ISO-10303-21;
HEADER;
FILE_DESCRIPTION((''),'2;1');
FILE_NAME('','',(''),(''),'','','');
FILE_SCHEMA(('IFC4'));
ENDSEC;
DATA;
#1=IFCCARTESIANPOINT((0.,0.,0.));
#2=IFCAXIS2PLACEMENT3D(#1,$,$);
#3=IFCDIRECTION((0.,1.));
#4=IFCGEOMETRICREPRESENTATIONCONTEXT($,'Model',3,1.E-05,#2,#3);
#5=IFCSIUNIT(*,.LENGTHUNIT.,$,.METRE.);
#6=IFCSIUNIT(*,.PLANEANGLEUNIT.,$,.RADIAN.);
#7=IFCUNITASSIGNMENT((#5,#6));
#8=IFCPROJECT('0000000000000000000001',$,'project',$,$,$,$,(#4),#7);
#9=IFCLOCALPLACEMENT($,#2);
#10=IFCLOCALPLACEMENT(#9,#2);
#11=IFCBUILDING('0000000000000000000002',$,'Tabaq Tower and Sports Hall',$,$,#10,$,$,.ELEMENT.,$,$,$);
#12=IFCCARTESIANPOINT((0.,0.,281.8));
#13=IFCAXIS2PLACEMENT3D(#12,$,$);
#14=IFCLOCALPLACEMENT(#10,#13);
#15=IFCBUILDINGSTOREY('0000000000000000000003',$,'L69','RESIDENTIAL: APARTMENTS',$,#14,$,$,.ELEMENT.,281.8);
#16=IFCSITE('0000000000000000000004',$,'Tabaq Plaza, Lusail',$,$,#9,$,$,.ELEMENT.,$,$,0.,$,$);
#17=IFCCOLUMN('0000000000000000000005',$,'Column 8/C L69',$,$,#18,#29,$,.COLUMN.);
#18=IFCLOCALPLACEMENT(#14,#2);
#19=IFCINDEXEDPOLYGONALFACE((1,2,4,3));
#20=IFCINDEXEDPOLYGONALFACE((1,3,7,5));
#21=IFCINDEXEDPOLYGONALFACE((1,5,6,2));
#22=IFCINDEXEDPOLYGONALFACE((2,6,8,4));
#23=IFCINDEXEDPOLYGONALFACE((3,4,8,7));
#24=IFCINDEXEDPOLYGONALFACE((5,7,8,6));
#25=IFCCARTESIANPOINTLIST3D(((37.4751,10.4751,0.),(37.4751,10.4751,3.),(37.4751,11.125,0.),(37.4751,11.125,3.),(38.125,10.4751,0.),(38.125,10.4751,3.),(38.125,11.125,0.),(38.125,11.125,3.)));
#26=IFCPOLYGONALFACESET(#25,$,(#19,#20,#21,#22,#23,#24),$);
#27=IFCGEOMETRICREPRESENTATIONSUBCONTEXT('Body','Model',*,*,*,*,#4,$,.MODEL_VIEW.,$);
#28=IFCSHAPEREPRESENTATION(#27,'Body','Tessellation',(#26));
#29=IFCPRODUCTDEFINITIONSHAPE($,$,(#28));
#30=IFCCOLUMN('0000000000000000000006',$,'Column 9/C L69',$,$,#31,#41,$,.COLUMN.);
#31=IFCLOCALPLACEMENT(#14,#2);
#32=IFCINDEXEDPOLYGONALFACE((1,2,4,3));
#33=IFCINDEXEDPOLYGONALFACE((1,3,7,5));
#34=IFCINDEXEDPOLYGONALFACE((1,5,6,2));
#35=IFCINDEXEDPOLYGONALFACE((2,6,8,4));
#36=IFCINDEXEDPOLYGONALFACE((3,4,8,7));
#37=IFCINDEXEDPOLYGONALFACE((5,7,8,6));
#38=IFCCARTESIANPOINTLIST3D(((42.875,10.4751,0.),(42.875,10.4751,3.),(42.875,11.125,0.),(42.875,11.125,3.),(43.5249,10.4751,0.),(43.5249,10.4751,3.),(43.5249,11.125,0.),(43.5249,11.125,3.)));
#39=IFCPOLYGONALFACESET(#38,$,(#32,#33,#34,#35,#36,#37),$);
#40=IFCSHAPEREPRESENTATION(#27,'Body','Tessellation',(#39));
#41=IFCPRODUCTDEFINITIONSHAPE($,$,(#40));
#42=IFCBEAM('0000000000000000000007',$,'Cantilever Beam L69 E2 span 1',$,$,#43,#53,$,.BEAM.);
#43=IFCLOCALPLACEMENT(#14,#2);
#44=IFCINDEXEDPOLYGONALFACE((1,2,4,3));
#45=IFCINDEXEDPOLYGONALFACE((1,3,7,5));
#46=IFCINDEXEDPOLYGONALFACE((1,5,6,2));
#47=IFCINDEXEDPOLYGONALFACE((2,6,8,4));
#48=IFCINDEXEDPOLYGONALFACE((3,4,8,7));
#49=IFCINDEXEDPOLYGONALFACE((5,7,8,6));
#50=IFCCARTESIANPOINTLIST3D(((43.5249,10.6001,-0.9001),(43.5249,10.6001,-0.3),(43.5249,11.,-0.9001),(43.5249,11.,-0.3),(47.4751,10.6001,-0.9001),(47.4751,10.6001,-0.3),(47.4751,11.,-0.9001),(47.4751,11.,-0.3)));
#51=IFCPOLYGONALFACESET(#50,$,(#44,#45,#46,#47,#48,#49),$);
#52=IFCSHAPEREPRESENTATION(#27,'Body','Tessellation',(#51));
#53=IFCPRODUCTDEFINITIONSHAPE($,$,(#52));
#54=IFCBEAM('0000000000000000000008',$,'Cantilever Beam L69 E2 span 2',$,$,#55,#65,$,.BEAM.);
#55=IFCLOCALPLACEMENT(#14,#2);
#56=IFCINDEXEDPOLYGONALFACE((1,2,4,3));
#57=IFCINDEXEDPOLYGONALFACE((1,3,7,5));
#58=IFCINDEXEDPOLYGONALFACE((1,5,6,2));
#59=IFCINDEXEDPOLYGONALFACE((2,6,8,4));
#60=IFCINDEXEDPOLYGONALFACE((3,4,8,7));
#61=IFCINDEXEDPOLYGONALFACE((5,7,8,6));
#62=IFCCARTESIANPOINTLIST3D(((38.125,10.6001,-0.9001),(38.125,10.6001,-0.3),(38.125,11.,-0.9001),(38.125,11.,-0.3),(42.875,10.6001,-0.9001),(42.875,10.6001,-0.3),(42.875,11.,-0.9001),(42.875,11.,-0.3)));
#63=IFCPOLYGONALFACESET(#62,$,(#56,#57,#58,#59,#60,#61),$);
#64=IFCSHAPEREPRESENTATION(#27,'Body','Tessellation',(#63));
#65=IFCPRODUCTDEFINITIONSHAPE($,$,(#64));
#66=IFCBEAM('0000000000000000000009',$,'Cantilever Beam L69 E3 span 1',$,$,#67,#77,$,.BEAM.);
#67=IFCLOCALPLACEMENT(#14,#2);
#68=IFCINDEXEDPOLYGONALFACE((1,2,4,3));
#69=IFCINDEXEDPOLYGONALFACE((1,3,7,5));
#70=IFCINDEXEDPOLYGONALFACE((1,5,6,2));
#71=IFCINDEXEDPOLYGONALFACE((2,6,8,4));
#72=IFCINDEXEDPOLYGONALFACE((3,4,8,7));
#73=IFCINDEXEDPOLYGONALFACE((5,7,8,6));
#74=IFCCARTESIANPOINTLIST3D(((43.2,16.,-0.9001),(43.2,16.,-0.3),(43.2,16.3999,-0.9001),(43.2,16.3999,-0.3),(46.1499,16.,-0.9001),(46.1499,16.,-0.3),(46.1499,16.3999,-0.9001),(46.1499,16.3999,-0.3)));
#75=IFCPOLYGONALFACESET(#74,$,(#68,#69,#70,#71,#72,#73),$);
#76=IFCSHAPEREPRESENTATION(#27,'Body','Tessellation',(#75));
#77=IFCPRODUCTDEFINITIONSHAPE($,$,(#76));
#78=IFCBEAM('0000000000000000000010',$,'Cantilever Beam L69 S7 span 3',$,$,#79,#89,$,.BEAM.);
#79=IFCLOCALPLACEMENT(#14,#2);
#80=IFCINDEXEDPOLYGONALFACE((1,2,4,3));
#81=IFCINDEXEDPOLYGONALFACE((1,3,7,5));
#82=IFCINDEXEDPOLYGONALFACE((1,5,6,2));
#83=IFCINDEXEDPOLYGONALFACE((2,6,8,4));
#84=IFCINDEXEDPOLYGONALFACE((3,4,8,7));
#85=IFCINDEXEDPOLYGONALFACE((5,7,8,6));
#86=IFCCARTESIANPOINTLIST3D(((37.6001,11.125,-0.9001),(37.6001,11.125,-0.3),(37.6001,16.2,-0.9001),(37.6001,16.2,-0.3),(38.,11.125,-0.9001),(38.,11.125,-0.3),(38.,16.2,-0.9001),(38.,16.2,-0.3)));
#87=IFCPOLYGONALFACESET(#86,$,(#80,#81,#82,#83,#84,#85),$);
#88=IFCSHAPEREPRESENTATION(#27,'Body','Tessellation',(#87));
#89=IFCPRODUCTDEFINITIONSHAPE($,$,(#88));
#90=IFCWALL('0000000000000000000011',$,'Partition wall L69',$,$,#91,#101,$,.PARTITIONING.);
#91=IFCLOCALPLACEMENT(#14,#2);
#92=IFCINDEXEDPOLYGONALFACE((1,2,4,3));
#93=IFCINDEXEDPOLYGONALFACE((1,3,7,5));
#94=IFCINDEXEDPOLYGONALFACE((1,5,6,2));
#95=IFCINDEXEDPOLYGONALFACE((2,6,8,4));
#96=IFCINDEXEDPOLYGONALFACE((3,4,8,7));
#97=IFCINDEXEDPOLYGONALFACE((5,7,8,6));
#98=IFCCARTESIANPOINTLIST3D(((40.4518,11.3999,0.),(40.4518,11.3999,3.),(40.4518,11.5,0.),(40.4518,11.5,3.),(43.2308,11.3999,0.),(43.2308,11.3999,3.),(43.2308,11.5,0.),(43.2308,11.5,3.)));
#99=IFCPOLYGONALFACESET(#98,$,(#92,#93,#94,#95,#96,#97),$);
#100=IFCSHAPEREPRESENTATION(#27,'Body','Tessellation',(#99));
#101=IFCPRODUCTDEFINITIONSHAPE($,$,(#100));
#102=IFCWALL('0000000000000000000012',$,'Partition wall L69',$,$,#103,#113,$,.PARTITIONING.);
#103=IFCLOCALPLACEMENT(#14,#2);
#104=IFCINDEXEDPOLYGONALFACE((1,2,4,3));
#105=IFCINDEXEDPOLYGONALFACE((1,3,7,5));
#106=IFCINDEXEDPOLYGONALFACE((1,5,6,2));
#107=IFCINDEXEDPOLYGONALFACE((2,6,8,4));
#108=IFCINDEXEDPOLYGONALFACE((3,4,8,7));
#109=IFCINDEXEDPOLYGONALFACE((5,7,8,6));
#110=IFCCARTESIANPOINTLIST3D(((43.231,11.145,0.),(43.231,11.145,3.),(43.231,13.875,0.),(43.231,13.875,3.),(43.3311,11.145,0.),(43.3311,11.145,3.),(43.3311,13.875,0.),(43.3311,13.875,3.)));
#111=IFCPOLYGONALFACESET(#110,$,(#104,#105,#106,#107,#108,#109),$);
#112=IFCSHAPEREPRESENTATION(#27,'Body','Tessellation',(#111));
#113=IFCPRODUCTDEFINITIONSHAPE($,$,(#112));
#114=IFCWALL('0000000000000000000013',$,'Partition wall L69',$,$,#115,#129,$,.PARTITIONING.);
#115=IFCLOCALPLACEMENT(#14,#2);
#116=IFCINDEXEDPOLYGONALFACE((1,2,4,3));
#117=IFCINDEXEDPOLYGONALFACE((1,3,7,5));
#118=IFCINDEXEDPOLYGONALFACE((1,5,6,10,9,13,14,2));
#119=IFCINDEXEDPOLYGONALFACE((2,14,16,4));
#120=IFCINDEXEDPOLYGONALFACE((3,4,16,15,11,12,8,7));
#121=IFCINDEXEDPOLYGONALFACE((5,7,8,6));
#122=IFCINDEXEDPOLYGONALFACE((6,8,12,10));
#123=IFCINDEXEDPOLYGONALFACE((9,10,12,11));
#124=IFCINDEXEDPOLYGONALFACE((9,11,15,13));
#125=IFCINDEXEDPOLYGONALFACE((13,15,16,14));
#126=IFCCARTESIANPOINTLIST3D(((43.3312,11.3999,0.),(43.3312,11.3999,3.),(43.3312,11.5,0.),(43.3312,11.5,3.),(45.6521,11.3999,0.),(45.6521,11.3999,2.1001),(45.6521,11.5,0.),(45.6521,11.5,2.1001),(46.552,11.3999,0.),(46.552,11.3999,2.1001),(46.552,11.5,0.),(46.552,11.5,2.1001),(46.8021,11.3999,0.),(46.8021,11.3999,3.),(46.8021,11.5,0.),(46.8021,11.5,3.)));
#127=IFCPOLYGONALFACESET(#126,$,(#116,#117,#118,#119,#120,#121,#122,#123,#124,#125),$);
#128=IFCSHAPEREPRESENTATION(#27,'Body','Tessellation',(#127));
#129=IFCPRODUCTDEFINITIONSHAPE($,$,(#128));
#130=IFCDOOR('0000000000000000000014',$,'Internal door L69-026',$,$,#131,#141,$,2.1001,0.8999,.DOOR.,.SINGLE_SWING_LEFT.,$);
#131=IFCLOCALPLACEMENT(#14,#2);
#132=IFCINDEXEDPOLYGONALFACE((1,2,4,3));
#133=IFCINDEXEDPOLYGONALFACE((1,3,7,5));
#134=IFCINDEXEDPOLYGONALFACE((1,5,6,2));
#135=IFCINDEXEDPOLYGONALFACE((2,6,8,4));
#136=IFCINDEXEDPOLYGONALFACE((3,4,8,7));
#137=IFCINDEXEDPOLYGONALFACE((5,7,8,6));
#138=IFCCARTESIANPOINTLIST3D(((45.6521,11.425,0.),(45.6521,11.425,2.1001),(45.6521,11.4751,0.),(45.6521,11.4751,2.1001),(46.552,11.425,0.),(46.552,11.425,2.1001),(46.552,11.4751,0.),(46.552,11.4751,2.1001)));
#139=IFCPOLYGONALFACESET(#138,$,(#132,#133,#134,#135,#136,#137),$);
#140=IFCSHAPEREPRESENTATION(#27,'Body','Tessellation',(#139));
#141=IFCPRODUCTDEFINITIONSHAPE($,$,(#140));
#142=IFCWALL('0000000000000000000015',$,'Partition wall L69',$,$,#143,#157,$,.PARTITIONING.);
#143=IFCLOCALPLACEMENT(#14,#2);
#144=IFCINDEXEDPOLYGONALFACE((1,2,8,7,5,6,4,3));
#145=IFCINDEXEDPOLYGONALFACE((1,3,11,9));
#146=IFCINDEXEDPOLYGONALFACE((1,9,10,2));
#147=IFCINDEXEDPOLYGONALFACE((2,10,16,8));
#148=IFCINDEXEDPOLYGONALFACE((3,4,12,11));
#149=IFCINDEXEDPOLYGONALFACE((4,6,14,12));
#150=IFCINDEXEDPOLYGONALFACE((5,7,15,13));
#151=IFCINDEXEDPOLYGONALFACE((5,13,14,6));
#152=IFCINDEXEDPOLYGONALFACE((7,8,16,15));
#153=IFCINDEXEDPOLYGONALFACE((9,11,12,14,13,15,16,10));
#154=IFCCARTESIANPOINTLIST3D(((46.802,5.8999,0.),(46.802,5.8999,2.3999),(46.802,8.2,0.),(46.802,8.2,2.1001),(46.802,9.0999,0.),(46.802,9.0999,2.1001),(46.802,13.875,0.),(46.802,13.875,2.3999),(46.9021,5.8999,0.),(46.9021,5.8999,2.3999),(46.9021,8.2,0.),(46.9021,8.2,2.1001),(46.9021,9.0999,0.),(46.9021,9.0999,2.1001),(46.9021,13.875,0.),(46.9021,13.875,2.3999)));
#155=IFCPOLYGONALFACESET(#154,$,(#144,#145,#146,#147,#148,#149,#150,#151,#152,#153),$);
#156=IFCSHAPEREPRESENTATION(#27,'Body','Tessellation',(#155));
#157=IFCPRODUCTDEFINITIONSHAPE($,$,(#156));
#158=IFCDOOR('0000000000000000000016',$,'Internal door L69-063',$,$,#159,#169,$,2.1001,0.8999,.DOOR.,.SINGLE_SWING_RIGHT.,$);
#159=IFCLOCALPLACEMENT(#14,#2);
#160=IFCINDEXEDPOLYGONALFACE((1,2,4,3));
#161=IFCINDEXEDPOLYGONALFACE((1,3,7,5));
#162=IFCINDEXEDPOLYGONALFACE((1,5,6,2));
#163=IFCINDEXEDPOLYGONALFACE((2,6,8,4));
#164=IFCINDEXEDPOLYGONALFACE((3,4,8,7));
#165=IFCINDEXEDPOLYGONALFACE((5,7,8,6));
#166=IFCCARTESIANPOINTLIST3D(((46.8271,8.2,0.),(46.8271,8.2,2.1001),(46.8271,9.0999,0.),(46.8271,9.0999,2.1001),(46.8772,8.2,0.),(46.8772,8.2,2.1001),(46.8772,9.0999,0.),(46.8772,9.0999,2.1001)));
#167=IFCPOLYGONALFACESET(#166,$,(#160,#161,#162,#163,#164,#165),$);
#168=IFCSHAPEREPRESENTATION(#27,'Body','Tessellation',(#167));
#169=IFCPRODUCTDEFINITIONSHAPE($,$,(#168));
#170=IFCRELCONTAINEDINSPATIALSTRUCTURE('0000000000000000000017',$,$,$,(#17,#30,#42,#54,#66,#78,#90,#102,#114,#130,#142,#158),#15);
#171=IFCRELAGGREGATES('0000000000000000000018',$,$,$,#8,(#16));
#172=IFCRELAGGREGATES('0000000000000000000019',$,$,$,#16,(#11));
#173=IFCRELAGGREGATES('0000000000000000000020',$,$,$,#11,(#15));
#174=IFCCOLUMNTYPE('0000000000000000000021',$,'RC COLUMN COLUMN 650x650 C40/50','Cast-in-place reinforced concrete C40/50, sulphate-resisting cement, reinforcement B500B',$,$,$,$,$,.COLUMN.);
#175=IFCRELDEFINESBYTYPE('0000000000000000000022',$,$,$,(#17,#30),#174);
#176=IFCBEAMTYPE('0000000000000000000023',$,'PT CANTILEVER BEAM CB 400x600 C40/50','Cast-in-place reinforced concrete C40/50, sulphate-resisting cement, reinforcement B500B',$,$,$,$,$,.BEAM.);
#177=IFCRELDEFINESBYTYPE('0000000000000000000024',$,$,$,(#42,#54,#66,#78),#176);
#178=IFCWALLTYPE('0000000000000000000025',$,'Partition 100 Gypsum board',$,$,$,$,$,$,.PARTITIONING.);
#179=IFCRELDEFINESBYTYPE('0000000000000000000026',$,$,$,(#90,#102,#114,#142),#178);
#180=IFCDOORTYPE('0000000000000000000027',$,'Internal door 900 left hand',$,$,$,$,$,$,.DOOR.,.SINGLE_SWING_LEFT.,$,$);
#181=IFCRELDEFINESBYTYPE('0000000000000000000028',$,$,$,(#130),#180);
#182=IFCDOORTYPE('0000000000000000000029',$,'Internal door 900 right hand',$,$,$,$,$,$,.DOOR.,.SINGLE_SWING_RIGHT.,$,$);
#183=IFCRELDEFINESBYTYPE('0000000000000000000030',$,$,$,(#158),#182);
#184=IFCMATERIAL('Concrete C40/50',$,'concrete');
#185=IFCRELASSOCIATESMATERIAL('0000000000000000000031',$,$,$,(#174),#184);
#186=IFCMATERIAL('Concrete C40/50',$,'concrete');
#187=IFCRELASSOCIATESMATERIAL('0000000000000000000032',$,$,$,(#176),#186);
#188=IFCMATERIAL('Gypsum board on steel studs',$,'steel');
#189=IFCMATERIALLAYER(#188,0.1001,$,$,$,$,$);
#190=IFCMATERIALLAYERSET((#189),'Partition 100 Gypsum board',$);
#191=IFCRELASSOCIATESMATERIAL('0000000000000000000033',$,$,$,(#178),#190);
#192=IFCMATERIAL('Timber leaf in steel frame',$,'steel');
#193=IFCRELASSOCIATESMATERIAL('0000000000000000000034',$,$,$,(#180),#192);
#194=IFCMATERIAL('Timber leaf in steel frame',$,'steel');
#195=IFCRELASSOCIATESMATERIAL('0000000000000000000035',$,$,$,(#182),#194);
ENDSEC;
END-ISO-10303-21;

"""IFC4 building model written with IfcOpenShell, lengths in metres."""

from ifc_helpers import new_model, si_unit, direction, frame, frame_2d, origin, origin_2d, place, context, subcontext, project, spatial, rectangle, extrude, material, layer, layer_set, material_profile, profile_set, type_object, element, fill, save


model = new_model("IFC4")

# Units and contexts
model_context = context("Model", 3, precision=1e-05, world=origin(), true_north=direction((0.0, 1.0)))
body_context = subcontext(model_context, "Body", "Model", "MODEL_VIEW")
ifc_project = project(units=[si_unit("LENGTHUNIT", "METRE"), si_unit("PLANEANGLEUNIT", "RADIAN")], contexts=[model_context])

# Site, building, storey
site_placement = place(None, origin())
site = spatial("IfcSite", under=ifc_project, at=site_placement, Name="Tabaq Plaza, Lusail", CompositionType="ELEMENT", RefElevation=0.0)
building_placement = place(site_placement, origin())
building = spatial("IfcBuilding", under=site, at=building_placement, Name="Tabaq Tower and Sports Hall", CompositionType="ELEMENT")
storey_placement = place(building_placement, frame((0.0, 0.0, 281.8)))
storey = spatial("IfcBuildingStorey", under=building, at=storey_placement, Name="L69", Description="RESIDENTIAL: APARTMENTS", CompositionType="ELEMENT", Elevation=281.8)

# Columns
ifc_material_1 = material(Name="Concrete C40/50", Category="concrete")
ifc_material_profile_1 = material_profile(ifc_material_1, rectangle(XDim=0.6499, YDim=0.6499, at=origin_2d()), Name="COLUMN 650x650")
ifc_profile_set_1 = profile_set([ifc_material_profile_1], Name="Concrete C40/50")
column_type = type_object("IfcColumnType", Name="RC COLUMN COLUMN 650x650 C40/50", Description="Cast-in-place reinforced concrete C40/50, sulphate-resisting cement, reinforcement B500B", PredefinedType="COLUMN", material=ifc_profile_set_1)
for number, where, z_axis, x_axis, name in (
    (1, (37.8, 10.8, 0.0), (0.0, 0.0, 1.0), (1.0, 0.0, 0.0), "Column 8/C L69"),
    (2, (43.2, 10.8, 0.0), (0.0, 0.0, 1.0), (1.0, 0.0, 0.0), "Column 9/C L69"),
):
    element("IfcColumn", number, at=place(storey_placement, frame(where, z_axis=z_axis, x_axis=x_axis)), inside=storey, type_object=column_type, Name=name, PredefinedType="COLUMN", context=body_context, shape_type="SweptSolid", body=[
        extrude(rectangle(XDim=0.6499, YDim=0.6499, at=origin_2d()), origin(), (0.0, 0.0, 1.0), 3.0),
    ])

# Beams
ifc_material_2 = material(Name="Concrete C40/50", Category="concrete")
ifc_material_profile_2 = material_profile(ifc_material_2, rectangle(XDim=0.3999, YDim=0.6001, at=origin_2d()), Name="CB 400x600")
ifc_profile_set_2 = profile_set([ifc_material_profile_2], Name="Concrete C40/50")
beam_type = type_object("IfcBeamType", Name="PT CANTILEVER BEAM CB 400x600 C40/50", Description="Cast-in-place reinforced concrete C40/50, sulphate-resisting cement, reinforcement B500B", PredefinedType="BEAM", material=ifc_profile_set_2)
beam_1_placement = place(storey_placement, frame((47.4751, 10.8, -0.6001), z_axis=(-1.0, 0.0, 0.0), x_axis=(0.0, -1.0, 0.0)))
element("IfcBeam", 3, at=beam_1_placement, inside=storey, type_object=beam_type, Name="Cantilever Beam L69 E2 span 1", PredefinedType="BEAM", context=body_context, shape_type="SweptSolid", body=[
    extrude(rectangle(XDim=0.3999, YDim=0.6001, at=origin_2d()), origin(), (0.0, 0.0, 1.0), 3.9502),
])
beam_2_placement = place(storey_placement, frame((42.875, 10.8, -0.6001), z_axis=(-1.0, 0.0, 0.0), x_axis=(0.0, -1.0, 0.0)))
element("IfcBeam", 4, at=beam_2_placement, inside=storey, type_object=beam_type, Name="Cantilever Beam L69 E2 span 2", PredefinedType="BEAM", context=body_context, shape_type="SweptSolid", body=[
    extrude(rectangle(XDim=0.3999, YDim=0.6001, at=origin_2d()), origin(), (0.0, 0.0, 1.0), 4.75),
])
beam_3_placement = place(storey_placement, frame((46.1499, 16.2, -0.6001), z_axis=(-1.0, 0.0, 0.0), x_axis=(0.0, -1.0, 0.0)))
element("IfcBeam", 5, at=beam_3_placement, inside=storey, type_object=beam_type, Name="Cantilever Beam L69 E3 span 1", PredefinedType="BEAM", context=body_context, shape_type="SweptSolid", body=[
    extrude(rectangle(XDim=0.3999, YDim=0.6001, at=origin_2d()), origin(), (0.0, 0.0, 1.0), 2.95),
])
beam_4_placement = place(storey_placement, frame((37.8, 11.125, -0.6001), z_axis=(0.0, 1.0, 0.0), x_axis=(-1.0, 0.0, 0.0)))
element("IfcBeam", 6, at=beam_4_placement, inside=storey, type_object=beam_type, Name="Cantilever Beam L69 S7 span 3", PredefinedType="BEAM", context=body_context, shape_type="SweptSolid", body=[
    extrude(rectangle(XDim=0.3999, YDim=0.6001, at=origin_2d()), origin(), (0.0, 0.0, 1.0), 5.075),
])

# Walls
ifc_material_3 = material(Name="Gypsum board on steel studs", Category="steel")
ifc_layer_1 = layer(ifc_material_3, 0.1001)
ifc_layer_set_1 = layer_set([ifc_layer_1], Name="Partition 100 Gypsum board")
wall_type_1 = type_object("IfcWallType", Name="Partition 100 Gypsum board", PredefinedType="PARTITIONING", material=ifc_layer_set_1)
wall_1_placement = place(storey_placement, frame((43.231, 11.45, 0.0), z_axis=(0.0, 0.0, 1.0), x_axis=(-1.0, 0.0, 0.0)))
element("IfcWall", 7, at=wall_1_placement, inside=storey, type_object=wall_type_1, Name="Partition wall L69", PredefinedType="PARTITIONING", context=body_context, shape_type="SweptSolid", body=[
    extrude(rectangle(XDim=2.7791, YDim=0.1001, at=frame_2d((1.3896, 0.0))), origin(), (0.0, 0.0, 1.0), 3.0),
])
wall_2_placement = place(storey_placement, frame((43.281, 11.145, 0.0), z_axis=(0.0, 0.0, 1.0), x_axis=(0.0, 1.0, 0.0)))
element("IfcWall", 8, at=wall_2_placement, inside=storey, type_object=wall_type_1, Name="Partition wall L69", PredefinedType="PARTITIONING", context=body_context, shape_type="SweptSolid", body=[
    extrude(rectangle(XDim=2.73, YDim=0.1001, at=frame_2d((1.365, 0.0))), origin(), (0.0, 0.0, 1.0), 3.0),
])

# Walls, openings, doors
wall_3_placement = place(storey_placement, frame((46.802, 11.45, 0.0), z_axis=(0.0, 0.0, 1.0), x_axis=(-1.0, 0.0, 0.0)))
wall_3 = element("IfcWall", 9, at=wall_3_placement, inside=storey, type_object=wall_type_1, Name="Partition wall L69", PredefinedType="PARTITIONING", context=body_context, shape_type="SweptSolid", body=[
    extrude(rectangle(XDim=3.4709, YDim=0.1001, at=frame_2d((1.7354, 0.0))), origin(), (0.0, 0.0, 1.0), 3.0),
])
opening_1_placement = place(wall_3_placement, frame((0.25, 0.0, 0.0)))
opening_1 = element("IfcOpeningElement", 10, at=opening_1_placement, cuts=wall_3, PredefinedType="OPENING", context=body_context, shape_type="SweptSolid", body=[
    extrude(rectangle(XDim=0.8999, YDim=2.1001, at=frame_2d((0.45, 1.05))), frame((0.0, 0.05, 0.0), z_axis=(0.0, -1.0, 0.0), x_axis=(1.0, 0.0, 0.0)), (0.0, 0.0, 1.0), 0.1001),
])
ifc_material_4 = material(Name="Timber leaf in steel frame", Category="steel")
door_type_1 = type_object("IfcDoorType", Name="Internal door 900 left hand", OperationType="SINGLE_SWING_LEFT", PredefinedType="DOOR", material=ifc_material_4)
door_1_placement = place(opening_1_placement, origin())
door_1 = element("IfcDoor", 11, at=door_1_placement, inside=storey, type_object=door_type_1, Name="Internal door L69-026", OperationType="SINGLE_SWING_LEFT", OverallHeight=2.1001, OverallWidth=0.8999, PredefinedType="DOOR", context=body_context, shape_type="SweptSolid", body=[
    extrude(rectangle(XDim=0.8999, YDim=2.1001, at=frame_2d((0.45, 1.05))), frame((0.0, 0.0249, 0.0), z_axis=(0.0, -1.0, 0.0), x_axis=(1.0, 0.0, 0.0)), (0.0, 0.0, 1.0), 0.05),
])
fill(opening_1, door_1)
wall_4_placement = place(storey_placement, frame((46.8521, 5.8999, 0.0), z_axis=(0.0, 0.0, 1.0), x_axis=(0.0, 1.0, 0.0)))
wall_4 = element("IfcWall", 12, at=wall_4_placement, inside=storey, type_object=wall_type_1, Name="Partition wall L69", PredefinedType="PARTITIONING", context=body_context, shape_type="SweptSolid", body=[
    extrude(rectangle(XDim=7.9751, YDim=0.1001, at=frame_2d((3.9875, 0.0))), origin(), (0.0, 0.0, 1.0), 2.3999),
])
opening_2_placement = place(wall_4_placement, frame((2.3, 0.0, 0.0)))
opening_2 = element("IfcOpeningElement", 13, at=opening_2_placement, cuts=wall_4, PredefinedType="OPENING", context=body_context, shape_type="SweptSolid", body=[
    extrude(rectangle(XDim=0.8999, YDim=2.1001, at=frame_2d((0.45, 1.05))), frame((0.0, 0.05, 0.0), z_axis=(0.0, -1.0, 0.0), x_axis=(1.0, 0.0, 0.0)), (0.0, 0.0, 1.0), 0.1001),
])
ifc_material_5 = material(Name="Timber leaf in steel frame", Category="steel")
door_type_2 = type_object("IfcDoorType", Name="Internal door 900 right hand", OperationType="SINGLE_SWING_RIGHT", PredefinedType="DOOR", material=ifc_material_5)
door_2_placement = place(opening_2_placement, origin())
door_2 = element("IfcDoor", 14, at=door_2_placement, inside=storey, type_object=door_type_2, Name="Internal door L69-063", OperationType="SINGLE_SWING_RIGHT", OverallHeight=2.1001, OverallWidth=0.8999, PredefinedType="DOOR", context=body_context, shape_type="SweptSolid", body=[
    extrude(rectangle(XDim=0.8999, YDim=2.1001, at=frame_2d((0.45, 1.05))), frame((0.0, 0.0249, 0.0), z_axis=(0.0, -1.0, 0.0), x_axis=(1.0, 0.0, 0.0)), (0.0, 0.0, 1.0), 0.05),
])
fill(opening_2, door_2)

save(model, "model.ifc")
